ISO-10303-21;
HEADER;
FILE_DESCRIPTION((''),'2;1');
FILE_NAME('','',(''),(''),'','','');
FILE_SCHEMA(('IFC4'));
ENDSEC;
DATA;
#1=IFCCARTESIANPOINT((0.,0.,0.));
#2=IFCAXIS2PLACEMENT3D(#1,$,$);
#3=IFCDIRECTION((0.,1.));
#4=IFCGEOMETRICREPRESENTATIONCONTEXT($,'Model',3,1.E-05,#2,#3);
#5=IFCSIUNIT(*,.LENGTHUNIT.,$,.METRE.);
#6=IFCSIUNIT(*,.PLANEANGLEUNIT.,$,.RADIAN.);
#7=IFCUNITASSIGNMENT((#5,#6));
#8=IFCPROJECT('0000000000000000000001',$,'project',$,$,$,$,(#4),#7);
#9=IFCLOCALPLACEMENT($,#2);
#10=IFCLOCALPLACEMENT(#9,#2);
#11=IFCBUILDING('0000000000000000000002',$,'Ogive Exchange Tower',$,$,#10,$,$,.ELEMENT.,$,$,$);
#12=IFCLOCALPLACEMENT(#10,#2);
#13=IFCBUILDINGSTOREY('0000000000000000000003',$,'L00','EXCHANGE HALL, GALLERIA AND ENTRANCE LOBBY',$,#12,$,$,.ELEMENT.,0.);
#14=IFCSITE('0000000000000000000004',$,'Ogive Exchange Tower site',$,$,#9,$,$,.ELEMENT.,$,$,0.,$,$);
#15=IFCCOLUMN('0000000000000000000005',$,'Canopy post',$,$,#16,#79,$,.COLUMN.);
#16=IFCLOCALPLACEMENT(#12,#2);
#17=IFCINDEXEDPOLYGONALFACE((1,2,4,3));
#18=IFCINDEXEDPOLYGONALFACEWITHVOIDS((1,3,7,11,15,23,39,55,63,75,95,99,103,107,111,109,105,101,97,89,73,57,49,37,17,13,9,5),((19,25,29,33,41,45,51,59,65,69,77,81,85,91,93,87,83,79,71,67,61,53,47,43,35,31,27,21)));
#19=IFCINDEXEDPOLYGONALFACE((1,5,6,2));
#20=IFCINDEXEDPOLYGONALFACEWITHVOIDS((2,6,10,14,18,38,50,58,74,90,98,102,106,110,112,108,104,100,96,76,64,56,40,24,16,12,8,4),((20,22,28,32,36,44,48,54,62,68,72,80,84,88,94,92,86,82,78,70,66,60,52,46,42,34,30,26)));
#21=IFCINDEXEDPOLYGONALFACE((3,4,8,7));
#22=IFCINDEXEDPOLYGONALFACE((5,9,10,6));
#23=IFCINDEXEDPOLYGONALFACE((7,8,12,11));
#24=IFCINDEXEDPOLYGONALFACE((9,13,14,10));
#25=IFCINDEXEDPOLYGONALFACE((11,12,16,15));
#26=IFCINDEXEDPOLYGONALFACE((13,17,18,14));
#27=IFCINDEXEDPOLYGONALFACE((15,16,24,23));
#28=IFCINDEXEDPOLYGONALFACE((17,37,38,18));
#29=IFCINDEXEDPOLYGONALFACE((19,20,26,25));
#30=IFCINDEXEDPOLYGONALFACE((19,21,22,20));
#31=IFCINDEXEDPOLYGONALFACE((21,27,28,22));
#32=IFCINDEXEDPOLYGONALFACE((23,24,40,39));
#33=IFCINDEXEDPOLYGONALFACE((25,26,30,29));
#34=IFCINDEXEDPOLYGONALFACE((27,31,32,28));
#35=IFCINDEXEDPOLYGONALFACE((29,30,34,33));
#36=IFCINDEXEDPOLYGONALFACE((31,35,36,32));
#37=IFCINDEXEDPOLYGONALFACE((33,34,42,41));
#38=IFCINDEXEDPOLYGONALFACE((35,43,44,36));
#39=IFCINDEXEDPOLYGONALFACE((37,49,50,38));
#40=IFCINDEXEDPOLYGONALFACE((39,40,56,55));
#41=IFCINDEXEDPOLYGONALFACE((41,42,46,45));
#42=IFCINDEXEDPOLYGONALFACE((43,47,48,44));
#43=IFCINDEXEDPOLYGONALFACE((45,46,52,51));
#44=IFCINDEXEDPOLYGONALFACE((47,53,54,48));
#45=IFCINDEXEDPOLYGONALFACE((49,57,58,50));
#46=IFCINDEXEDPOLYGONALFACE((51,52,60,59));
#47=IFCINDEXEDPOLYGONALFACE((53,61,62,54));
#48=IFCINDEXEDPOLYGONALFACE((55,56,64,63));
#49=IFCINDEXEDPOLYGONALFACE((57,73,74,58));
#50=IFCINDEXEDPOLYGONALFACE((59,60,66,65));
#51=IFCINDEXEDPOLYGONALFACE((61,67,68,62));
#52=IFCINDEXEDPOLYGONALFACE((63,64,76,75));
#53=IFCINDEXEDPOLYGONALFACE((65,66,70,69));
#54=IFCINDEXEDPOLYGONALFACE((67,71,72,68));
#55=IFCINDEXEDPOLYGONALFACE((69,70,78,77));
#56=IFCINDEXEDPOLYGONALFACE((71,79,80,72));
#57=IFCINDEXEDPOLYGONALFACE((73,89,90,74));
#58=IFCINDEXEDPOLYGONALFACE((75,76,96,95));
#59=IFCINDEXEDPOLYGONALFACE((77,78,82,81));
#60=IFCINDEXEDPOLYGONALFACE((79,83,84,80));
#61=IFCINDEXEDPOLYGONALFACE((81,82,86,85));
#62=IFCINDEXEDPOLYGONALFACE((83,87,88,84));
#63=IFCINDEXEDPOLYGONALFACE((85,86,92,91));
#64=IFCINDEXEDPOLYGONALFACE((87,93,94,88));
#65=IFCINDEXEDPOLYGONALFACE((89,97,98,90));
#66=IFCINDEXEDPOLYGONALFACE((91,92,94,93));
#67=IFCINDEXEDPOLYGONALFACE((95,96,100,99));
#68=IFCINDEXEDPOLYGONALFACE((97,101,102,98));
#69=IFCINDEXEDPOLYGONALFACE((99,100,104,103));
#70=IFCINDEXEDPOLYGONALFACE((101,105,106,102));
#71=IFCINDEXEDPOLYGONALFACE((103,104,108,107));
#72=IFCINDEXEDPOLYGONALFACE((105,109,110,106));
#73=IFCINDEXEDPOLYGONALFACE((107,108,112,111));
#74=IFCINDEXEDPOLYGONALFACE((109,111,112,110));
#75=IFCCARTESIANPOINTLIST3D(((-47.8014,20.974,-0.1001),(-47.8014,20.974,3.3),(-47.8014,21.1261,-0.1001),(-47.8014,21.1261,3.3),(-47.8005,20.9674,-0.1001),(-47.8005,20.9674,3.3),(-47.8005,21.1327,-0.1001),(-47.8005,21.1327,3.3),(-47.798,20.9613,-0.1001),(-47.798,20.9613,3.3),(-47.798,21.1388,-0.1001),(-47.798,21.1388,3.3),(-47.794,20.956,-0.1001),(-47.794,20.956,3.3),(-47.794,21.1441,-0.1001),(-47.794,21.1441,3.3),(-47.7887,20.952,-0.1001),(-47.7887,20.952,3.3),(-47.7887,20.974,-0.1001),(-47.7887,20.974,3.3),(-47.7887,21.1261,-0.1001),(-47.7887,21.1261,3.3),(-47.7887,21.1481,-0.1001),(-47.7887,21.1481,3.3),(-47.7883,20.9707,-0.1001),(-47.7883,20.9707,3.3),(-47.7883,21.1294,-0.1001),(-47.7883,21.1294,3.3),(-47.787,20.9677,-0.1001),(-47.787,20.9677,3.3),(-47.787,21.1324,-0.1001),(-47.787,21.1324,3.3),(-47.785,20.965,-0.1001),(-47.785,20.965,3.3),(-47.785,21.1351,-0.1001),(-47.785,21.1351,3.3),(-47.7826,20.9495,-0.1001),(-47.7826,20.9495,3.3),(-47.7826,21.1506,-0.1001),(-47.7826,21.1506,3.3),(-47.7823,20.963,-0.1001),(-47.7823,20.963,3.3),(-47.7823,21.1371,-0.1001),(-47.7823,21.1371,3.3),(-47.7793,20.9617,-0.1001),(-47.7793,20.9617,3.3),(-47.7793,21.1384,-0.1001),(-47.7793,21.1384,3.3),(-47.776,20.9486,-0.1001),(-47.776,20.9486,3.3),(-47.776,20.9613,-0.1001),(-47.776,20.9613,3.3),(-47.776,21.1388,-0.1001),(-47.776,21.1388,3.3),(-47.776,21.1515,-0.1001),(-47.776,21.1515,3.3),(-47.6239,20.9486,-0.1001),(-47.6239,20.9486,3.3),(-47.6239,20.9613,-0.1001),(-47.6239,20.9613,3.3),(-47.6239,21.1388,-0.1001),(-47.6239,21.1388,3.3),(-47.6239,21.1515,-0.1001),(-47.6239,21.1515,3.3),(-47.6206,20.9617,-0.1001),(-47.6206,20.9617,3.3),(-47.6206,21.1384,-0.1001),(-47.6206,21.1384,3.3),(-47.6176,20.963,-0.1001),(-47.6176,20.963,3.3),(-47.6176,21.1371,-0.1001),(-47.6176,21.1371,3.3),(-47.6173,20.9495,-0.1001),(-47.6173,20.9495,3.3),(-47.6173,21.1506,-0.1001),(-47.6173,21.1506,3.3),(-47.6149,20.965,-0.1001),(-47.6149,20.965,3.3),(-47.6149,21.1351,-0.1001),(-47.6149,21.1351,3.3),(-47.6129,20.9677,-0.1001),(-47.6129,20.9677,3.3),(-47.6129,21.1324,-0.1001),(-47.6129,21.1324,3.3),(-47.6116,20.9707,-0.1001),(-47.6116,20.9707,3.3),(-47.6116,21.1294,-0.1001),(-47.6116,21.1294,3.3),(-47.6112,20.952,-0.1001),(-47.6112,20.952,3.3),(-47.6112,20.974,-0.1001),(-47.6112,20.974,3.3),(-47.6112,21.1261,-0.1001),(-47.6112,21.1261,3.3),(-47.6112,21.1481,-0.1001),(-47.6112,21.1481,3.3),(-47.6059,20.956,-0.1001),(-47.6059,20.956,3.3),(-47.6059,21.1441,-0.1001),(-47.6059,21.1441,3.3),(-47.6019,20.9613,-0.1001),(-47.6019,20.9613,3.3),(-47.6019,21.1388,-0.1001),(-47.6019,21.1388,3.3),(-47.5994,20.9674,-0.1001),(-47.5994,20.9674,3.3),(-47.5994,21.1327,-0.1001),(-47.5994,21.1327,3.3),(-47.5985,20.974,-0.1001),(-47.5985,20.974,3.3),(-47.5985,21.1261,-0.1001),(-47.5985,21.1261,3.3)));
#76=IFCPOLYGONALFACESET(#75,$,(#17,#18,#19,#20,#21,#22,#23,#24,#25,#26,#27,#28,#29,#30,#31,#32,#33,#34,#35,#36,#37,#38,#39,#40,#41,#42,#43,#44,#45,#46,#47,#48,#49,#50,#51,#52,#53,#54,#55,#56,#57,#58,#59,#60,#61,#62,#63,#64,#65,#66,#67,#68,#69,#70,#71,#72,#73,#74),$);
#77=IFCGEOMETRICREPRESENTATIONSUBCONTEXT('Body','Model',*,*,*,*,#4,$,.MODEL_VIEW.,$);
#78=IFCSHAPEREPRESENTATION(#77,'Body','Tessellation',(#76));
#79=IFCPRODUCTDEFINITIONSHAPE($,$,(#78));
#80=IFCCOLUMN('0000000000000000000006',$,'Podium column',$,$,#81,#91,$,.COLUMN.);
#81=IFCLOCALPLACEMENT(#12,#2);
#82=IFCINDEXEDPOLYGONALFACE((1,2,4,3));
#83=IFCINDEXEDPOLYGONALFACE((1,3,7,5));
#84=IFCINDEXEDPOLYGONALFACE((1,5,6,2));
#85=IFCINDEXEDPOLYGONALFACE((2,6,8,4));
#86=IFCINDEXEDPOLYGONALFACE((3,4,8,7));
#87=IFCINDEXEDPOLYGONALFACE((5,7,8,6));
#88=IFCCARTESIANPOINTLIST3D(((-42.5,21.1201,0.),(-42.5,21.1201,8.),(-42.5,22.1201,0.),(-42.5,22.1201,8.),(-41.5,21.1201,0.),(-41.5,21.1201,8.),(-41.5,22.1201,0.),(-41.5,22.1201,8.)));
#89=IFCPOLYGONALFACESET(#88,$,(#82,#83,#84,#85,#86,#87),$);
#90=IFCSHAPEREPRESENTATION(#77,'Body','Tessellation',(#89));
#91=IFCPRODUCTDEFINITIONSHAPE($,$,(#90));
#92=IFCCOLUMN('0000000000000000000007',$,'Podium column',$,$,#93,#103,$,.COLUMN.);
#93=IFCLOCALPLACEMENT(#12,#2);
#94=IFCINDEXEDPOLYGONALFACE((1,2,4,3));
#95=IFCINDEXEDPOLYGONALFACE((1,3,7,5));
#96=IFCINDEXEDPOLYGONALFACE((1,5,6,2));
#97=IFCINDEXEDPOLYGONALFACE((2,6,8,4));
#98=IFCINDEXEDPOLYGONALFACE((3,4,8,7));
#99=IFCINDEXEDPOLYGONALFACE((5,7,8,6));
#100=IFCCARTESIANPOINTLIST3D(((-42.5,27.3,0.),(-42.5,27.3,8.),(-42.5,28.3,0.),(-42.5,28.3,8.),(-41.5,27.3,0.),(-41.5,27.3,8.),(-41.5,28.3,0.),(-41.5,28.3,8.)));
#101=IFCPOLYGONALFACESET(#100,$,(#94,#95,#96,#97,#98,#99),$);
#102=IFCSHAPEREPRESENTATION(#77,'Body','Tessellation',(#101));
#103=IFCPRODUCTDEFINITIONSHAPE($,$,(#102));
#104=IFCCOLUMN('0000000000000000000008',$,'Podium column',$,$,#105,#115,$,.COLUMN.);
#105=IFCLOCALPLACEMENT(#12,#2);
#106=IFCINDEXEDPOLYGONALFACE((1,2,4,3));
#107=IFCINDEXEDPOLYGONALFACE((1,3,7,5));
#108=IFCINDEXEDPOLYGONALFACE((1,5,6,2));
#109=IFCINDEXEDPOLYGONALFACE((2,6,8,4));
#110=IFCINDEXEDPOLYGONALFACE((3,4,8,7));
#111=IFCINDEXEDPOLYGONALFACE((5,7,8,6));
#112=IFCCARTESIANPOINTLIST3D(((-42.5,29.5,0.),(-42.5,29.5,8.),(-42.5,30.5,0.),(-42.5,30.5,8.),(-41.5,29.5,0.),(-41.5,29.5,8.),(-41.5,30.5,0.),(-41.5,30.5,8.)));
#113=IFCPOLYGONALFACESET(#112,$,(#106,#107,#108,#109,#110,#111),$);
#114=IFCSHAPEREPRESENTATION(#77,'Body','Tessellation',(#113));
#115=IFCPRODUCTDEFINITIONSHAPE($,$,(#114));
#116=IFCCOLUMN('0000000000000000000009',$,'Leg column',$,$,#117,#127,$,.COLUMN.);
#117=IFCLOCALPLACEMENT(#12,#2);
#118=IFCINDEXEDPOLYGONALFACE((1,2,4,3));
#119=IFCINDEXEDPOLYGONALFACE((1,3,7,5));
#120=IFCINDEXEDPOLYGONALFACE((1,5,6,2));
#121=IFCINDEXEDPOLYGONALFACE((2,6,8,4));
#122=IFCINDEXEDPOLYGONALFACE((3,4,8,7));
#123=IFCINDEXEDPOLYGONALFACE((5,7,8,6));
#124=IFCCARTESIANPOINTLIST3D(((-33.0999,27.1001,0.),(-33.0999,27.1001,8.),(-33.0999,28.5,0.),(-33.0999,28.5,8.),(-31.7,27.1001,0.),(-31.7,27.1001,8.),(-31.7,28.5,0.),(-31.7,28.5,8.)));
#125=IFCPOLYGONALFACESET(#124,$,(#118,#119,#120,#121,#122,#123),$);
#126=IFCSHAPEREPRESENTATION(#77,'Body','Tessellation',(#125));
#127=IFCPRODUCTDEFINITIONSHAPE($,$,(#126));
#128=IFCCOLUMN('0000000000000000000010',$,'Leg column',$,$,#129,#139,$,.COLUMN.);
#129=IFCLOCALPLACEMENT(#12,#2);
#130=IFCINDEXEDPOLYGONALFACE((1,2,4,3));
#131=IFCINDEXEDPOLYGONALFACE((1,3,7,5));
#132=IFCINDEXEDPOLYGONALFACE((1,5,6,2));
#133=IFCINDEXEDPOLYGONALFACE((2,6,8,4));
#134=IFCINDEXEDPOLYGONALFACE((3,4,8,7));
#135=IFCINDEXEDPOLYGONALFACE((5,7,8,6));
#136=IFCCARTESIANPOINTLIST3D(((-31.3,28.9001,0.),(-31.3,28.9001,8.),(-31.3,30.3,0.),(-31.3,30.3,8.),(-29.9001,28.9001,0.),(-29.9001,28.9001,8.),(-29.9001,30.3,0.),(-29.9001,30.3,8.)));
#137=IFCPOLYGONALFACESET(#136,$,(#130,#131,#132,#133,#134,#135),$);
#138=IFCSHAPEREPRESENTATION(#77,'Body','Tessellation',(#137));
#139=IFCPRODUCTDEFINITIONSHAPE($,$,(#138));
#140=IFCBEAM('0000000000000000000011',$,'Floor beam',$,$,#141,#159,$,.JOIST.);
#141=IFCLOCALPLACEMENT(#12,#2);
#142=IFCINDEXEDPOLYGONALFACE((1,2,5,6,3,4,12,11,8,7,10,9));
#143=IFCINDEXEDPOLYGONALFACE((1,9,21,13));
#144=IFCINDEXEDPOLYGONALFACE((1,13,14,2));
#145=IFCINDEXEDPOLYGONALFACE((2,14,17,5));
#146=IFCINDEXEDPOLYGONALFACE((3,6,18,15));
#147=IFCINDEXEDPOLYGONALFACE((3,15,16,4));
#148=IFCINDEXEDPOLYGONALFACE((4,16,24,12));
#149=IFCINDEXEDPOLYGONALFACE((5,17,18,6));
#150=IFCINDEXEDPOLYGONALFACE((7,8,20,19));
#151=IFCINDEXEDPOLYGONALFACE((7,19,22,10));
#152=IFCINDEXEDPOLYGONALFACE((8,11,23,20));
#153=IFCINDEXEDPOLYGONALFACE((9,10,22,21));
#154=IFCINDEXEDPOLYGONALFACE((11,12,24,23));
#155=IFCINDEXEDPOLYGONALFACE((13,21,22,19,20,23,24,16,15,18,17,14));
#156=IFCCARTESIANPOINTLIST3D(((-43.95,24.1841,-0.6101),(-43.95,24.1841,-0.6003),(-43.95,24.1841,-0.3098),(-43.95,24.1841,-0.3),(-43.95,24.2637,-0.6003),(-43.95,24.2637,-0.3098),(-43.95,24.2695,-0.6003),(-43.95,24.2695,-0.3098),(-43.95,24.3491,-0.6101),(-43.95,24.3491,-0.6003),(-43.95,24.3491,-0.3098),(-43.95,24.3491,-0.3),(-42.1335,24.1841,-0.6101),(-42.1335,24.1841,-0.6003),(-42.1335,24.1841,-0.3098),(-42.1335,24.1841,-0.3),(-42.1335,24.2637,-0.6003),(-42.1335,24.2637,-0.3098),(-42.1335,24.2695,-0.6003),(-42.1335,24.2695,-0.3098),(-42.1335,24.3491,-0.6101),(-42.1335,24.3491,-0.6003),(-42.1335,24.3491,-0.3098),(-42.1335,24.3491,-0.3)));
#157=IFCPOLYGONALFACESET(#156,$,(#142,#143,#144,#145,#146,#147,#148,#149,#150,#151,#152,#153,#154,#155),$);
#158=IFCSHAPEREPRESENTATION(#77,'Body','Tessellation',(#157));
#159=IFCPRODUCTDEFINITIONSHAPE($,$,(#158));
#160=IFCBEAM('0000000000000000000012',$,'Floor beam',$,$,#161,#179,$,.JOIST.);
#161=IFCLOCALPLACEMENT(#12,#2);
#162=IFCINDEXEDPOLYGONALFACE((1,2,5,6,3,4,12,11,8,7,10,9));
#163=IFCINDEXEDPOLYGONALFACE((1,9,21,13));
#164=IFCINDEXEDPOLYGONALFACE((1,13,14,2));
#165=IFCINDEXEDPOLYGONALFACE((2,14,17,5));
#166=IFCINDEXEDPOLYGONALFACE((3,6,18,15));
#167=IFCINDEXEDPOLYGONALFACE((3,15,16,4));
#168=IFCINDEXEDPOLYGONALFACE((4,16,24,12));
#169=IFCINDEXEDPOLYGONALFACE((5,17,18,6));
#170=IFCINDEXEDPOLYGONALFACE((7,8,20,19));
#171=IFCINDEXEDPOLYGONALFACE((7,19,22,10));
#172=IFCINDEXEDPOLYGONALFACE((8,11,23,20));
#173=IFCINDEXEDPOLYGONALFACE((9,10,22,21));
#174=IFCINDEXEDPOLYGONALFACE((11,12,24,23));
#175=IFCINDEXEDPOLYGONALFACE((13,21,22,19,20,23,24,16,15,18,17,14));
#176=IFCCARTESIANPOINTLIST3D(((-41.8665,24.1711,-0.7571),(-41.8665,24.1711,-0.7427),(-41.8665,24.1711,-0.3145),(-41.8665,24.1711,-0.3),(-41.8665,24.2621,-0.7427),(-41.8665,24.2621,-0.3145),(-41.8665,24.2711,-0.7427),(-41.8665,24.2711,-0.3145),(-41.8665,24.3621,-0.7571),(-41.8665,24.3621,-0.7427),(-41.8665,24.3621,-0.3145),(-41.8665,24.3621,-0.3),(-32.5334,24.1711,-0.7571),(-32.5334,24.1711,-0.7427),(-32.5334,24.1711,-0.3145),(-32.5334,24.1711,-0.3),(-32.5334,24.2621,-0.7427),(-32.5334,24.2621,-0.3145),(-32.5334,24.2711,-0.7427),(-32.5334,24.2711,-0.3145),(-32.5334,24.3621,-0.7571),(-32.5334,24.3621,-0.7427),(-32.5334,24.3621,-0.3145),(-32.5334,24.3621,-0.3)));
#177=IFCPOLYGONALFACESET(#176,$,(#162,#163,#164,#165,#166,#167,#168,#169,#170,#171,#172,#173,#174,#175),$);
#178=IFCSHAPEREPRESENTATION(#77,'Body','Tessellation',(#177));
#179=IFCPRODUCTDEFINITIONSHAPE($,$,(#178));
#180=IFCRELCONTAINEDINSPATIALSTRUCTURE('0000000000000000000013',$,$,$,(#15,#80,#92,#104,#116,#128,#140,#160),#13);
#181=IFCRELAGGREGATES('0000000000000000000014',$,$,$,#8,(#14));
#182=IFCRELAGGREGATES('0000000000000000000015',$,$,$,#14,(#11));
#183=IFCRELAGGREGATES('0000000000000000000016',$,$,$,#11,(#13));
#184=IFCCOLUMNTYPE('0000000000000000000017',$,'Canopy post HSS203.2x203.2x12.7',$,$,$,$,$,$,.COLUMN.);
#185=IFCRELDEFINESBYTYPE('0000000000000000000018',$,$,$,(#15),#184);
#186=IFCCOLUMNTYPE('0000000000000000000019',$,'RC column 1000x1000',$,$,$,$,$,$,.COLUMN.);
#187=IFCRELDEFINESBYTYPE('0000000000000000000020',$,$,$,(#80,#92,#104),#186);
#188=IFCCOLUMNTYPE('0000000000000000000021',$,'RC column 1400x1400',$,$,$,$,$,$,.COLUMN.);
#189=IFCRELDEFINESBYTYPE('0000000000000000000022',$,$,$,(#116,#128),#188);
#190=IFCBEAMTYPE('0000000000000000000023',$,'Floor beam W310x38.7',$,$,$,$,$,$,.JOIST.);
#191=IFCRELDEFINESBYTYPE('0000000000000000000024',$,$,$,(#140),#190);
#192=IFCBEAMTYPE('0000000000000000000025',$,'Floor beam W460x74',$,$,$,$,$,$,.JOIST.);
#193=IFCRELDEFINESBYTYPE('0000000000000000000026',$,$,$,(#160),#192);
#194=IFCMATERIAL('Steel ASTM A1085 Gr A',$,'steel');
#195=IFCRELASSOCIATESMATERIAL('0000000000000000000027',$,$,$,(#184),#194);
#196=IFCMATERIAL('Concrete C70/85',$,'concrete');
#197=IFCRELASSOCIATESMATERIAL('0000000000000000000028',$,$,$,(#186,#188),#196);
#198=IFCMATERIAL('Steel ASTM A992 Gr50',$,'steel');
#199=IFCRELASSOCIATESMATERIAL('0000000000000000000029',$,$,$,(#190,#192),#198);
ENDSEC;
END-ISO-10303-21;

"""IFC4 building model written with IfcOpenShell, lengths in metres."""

from ifc_helpers import new_model, si_unit, direction, frame, origin, origin_2d, place, context, subcontext, project, spatial, rectangle, hollow_rectangle, i_section, extrude, material, material_profile, profile_set, type_object, element, save


model = new_model("IFC4")

# Units and contexts
model_context = context("Model", 3, precision=1e-05, world=origin(), true_north=direction((0.0, 1.0)))
body_context = subcontext(model_context, "Body", "Model", "MODEL_VIEW")
ifc_project = project(units=[si_unit("LENGTHUNIT", "METRE"), si_unit("PLANEANGLEUNIT", "RADIAN")], contexts=[model_context])

# Site, building, storey
site_placement = place(None, origin())
site = spatial("IfcSite", under=ifc_project, at=site_placement, Name="Ogive Exchange Tower site", CompositionType="ELEMENT", RefElevation=0.0)
building_placement = place(site_placement, origin())
building = spatial("IfcBuilding", under=site, at=building_placement, Name="Ogive Exchange Tower", CompositionType="ELEMENT")
storey_placement = place(building_placement, origin())
storey = spatial("IfcBuildingStorey", under=building, at=storey_placement, Name="L00", Description="EXCHANGE HALL, GALLERIA AND ENTRANCE LOBBY", CompositionType="ELEMENT", Elevation=0.0)

# Columns
ifc_material_1 = material(Name="Steel ASTM A1085 Gr A", Category="steel")
ifc_material_profile_1 = material_profile(ifc_material_1, hollow_rectangle(XDim=0.2029, YDim=0.2029, WallThickness=0.0127, InnerFilletRadius=0.0127, OuterFilletRadius=0.0254, at=origin_2d()), Name="HSS203.2x203.2x12.7")
ifc_profile_set_1 = profile_set([ifc_material_profile_1], Name="Steel ASTM A1085 Gr A")
column_type_1 = type_object("IfcColumnType", Name="Canopy post HSS203.2x203.2x12.7", PredefinedType="COLUMN", material=ifc_profile_set_1)
column_placement = place(storey_placement, frame((-47.7, 21.05, -0.1001), z_axis=(0.0, 0.0, 1.0), x_axis=(0.0, -1.0, 0.0)))
element("IfcColumn", 1, at=column_placement, inside=storey, type_object=column_type_1, Name="Canopy post", PredefinedType="COLUMN", context=body_context, shape_type="SweptSolid", body=[
    extrude(hollow_rectangle(XDim=0.2029, YDim=0.2029, WallThickness=0.0127, InnerFilletRadius=0.0127, OuterFilletRadius=0.0254, at=origin_2d()), origin(), (0.0, 0.0, 1.0), 3.4001),
])
ifc_material_2 = material(Name="Concrete C70/85", Category="concrete")
ifc_material_profile_2 = material_profile(ifc_material_2, rectangle(XDim=1.0, YDim=1.0, at=origin_2d()), Name="RC 1000x1000")
ifc_profile_set_2 = profile_set([ifc_material_profile_2], Name="Concrete C70/85")
column_type_2 = type_object("IfcColumnType", Name="RC column 1000x1000", PredefinedType="COLUMN", material=ifc_profile_set_2)
for number, where, z_axis, x_axis, name in (
    (2, (-42.0, 21.6201, 0.0), (0.0, 0.0, 1.0), (1.0, 0.0, 0.0), "Podium column"),
    (3, (-42.0, 27.8, 0.0), (0.0, 0.0, 1.0), (1.0, 0.0, 0.0), "Podium column"),
    (4, (-42.0, 30.0, 0.0), (0.0, 0.0, 1.0), (1.0, 0.0, 0.0), "Podium column"),
):
    element("IfcColumn", number, at=place(storey_placement, frame(where, z_axis=z_axis, x_axis=x_axis)), inside=storey, type_object=column_type_2, Name=name, PredefinedType="COLUMN", context=body_context, shape_type="SweptSolid", body=[
        extrude(rectangle(XDim=1.0, YDim=1.0, at=origin_2d()), origin(), (0.0, 0.0, 1.0), 8.0),
    ])
ifc_material_profile_3 = material_profile(ifc_material_2, rectangle(XDim=1.3999, YDim=1.3999, at=origin_2d()), Name="RC 1400x1400")
ifc_profile_set_3 = profile_set([ifc_material_profile_3], Name="Concrete C70/85")
column_type_3 = type_object("IfcColumnType", Name="RC column 1400x1400", PredefinedType="COLUMN", material=ifc_profile_set_3)
for number, where, z_axis, x_axis, name in (
    (5, (-32.3999, 27.8, 0.0), (0.0, 0.0, 1.0), (1.0, 0.0, 0.0), "Leg column"),
    (6, (-30.6001, 29.6001, 0.0), (0.0, 0.0, 1.0), (1.0, 0.0, 0.0), "Leg column"),
):
    element("IfcColumn", number, at=place(storey_placement, frame(where, z_axis=z_axis, x_axis=x_axis)), inside=storey, type_object=column_type_3, Name=name, PredefinedType="COLUMN", context=body_context, shape_type="SweptSolid", body=[
        extrude(rectangle(XDim=1.3999, YDim=1.3999, at=origin_2d()), origin(), (0.0, 0.0, 1.0), 8.0),
    ])

# Beams
ifc_material_3 = material(Name="Steel ASTM A992 Gr50", Category="steel")
ifc_material_profile_4 = material_profile(ifc_material_3, i_section(OverallWidth=0.165, OverallDepth=0.3101, WebThickness=0.0059, FlangeThickness=0.0098, at=origin_2d()), Name="W310x38.7")
ifc_profile_set_4 = profile_set([ifc_material_profile_4], Name="Steel ASTM A992 Gr50")
beam_type_1 = type_object("IfcBeamType", Name="Floor beam W310x38.7", PredefinedType="JOIST", material=ifc_profile_set_4)
beam_1_placement = place(storey_placement, frame((-43.95, 24.2666, -0.4551), z_axis=(1.0, 0.0, 0.0), x_axis=(0.0, 1.0, 0.0)))
element("IfcBeam", 7, at=beam_1_placement, inside=storey, type_object=beam_type_1, Name="Floor beam", PredefinedType="JOIST", context=body_context, shape_type="SweptSolid", body=[
    extrude(i_section(OverallWidth=0.165, OverallDepth=0.3101, WebThickness=0.0059, FlangeThickness=0.0098, at=origin_2d()), origin(), (0.0, 0.0, 1.0), 1.8164),
])
ifc_material_profile_5 = material_profile(ifc_material_3, i_section(OverallWidth=0.1909, OverallDepth=0.457, WebThickness=0.009, FlangeThickness=0.0144, at=origin_2d()), Name="W460x74")
ifc_profile_set_5 = profile_set([ifc_material_profile_5], Name="Steel ASTM A992 Gr50")
beam_type_2 = type_object("IfcBeamType", Name="Floor beam W460x74", PredefinedType="JOIST", material=ifc_profile_set_5)
beam_2_placement = place(storey_placement, frame((-41.8665, 24.2666, -0.5286), z_axis=(1.0, 0.0, 0.0), x_axis=(0.0, 1.0, 0.0)))
element("IfcBeam", 8, at=beam_2_placement, inside=storey, type_object=beam_type_2, Name="Floor beam", PredefinedType="JOIST", context=body_context, shape_type="SweptSolid", body=[
    extrude(i_section(OverallWidth=0.1909, OverallDepth=0.457, WebThickness=0.009, FlangeThickness=0.0144, at=origin_2d()), origin(), (0.0, 0.0, 1.0), 9.333),
])

save(model, "model.ifc")
